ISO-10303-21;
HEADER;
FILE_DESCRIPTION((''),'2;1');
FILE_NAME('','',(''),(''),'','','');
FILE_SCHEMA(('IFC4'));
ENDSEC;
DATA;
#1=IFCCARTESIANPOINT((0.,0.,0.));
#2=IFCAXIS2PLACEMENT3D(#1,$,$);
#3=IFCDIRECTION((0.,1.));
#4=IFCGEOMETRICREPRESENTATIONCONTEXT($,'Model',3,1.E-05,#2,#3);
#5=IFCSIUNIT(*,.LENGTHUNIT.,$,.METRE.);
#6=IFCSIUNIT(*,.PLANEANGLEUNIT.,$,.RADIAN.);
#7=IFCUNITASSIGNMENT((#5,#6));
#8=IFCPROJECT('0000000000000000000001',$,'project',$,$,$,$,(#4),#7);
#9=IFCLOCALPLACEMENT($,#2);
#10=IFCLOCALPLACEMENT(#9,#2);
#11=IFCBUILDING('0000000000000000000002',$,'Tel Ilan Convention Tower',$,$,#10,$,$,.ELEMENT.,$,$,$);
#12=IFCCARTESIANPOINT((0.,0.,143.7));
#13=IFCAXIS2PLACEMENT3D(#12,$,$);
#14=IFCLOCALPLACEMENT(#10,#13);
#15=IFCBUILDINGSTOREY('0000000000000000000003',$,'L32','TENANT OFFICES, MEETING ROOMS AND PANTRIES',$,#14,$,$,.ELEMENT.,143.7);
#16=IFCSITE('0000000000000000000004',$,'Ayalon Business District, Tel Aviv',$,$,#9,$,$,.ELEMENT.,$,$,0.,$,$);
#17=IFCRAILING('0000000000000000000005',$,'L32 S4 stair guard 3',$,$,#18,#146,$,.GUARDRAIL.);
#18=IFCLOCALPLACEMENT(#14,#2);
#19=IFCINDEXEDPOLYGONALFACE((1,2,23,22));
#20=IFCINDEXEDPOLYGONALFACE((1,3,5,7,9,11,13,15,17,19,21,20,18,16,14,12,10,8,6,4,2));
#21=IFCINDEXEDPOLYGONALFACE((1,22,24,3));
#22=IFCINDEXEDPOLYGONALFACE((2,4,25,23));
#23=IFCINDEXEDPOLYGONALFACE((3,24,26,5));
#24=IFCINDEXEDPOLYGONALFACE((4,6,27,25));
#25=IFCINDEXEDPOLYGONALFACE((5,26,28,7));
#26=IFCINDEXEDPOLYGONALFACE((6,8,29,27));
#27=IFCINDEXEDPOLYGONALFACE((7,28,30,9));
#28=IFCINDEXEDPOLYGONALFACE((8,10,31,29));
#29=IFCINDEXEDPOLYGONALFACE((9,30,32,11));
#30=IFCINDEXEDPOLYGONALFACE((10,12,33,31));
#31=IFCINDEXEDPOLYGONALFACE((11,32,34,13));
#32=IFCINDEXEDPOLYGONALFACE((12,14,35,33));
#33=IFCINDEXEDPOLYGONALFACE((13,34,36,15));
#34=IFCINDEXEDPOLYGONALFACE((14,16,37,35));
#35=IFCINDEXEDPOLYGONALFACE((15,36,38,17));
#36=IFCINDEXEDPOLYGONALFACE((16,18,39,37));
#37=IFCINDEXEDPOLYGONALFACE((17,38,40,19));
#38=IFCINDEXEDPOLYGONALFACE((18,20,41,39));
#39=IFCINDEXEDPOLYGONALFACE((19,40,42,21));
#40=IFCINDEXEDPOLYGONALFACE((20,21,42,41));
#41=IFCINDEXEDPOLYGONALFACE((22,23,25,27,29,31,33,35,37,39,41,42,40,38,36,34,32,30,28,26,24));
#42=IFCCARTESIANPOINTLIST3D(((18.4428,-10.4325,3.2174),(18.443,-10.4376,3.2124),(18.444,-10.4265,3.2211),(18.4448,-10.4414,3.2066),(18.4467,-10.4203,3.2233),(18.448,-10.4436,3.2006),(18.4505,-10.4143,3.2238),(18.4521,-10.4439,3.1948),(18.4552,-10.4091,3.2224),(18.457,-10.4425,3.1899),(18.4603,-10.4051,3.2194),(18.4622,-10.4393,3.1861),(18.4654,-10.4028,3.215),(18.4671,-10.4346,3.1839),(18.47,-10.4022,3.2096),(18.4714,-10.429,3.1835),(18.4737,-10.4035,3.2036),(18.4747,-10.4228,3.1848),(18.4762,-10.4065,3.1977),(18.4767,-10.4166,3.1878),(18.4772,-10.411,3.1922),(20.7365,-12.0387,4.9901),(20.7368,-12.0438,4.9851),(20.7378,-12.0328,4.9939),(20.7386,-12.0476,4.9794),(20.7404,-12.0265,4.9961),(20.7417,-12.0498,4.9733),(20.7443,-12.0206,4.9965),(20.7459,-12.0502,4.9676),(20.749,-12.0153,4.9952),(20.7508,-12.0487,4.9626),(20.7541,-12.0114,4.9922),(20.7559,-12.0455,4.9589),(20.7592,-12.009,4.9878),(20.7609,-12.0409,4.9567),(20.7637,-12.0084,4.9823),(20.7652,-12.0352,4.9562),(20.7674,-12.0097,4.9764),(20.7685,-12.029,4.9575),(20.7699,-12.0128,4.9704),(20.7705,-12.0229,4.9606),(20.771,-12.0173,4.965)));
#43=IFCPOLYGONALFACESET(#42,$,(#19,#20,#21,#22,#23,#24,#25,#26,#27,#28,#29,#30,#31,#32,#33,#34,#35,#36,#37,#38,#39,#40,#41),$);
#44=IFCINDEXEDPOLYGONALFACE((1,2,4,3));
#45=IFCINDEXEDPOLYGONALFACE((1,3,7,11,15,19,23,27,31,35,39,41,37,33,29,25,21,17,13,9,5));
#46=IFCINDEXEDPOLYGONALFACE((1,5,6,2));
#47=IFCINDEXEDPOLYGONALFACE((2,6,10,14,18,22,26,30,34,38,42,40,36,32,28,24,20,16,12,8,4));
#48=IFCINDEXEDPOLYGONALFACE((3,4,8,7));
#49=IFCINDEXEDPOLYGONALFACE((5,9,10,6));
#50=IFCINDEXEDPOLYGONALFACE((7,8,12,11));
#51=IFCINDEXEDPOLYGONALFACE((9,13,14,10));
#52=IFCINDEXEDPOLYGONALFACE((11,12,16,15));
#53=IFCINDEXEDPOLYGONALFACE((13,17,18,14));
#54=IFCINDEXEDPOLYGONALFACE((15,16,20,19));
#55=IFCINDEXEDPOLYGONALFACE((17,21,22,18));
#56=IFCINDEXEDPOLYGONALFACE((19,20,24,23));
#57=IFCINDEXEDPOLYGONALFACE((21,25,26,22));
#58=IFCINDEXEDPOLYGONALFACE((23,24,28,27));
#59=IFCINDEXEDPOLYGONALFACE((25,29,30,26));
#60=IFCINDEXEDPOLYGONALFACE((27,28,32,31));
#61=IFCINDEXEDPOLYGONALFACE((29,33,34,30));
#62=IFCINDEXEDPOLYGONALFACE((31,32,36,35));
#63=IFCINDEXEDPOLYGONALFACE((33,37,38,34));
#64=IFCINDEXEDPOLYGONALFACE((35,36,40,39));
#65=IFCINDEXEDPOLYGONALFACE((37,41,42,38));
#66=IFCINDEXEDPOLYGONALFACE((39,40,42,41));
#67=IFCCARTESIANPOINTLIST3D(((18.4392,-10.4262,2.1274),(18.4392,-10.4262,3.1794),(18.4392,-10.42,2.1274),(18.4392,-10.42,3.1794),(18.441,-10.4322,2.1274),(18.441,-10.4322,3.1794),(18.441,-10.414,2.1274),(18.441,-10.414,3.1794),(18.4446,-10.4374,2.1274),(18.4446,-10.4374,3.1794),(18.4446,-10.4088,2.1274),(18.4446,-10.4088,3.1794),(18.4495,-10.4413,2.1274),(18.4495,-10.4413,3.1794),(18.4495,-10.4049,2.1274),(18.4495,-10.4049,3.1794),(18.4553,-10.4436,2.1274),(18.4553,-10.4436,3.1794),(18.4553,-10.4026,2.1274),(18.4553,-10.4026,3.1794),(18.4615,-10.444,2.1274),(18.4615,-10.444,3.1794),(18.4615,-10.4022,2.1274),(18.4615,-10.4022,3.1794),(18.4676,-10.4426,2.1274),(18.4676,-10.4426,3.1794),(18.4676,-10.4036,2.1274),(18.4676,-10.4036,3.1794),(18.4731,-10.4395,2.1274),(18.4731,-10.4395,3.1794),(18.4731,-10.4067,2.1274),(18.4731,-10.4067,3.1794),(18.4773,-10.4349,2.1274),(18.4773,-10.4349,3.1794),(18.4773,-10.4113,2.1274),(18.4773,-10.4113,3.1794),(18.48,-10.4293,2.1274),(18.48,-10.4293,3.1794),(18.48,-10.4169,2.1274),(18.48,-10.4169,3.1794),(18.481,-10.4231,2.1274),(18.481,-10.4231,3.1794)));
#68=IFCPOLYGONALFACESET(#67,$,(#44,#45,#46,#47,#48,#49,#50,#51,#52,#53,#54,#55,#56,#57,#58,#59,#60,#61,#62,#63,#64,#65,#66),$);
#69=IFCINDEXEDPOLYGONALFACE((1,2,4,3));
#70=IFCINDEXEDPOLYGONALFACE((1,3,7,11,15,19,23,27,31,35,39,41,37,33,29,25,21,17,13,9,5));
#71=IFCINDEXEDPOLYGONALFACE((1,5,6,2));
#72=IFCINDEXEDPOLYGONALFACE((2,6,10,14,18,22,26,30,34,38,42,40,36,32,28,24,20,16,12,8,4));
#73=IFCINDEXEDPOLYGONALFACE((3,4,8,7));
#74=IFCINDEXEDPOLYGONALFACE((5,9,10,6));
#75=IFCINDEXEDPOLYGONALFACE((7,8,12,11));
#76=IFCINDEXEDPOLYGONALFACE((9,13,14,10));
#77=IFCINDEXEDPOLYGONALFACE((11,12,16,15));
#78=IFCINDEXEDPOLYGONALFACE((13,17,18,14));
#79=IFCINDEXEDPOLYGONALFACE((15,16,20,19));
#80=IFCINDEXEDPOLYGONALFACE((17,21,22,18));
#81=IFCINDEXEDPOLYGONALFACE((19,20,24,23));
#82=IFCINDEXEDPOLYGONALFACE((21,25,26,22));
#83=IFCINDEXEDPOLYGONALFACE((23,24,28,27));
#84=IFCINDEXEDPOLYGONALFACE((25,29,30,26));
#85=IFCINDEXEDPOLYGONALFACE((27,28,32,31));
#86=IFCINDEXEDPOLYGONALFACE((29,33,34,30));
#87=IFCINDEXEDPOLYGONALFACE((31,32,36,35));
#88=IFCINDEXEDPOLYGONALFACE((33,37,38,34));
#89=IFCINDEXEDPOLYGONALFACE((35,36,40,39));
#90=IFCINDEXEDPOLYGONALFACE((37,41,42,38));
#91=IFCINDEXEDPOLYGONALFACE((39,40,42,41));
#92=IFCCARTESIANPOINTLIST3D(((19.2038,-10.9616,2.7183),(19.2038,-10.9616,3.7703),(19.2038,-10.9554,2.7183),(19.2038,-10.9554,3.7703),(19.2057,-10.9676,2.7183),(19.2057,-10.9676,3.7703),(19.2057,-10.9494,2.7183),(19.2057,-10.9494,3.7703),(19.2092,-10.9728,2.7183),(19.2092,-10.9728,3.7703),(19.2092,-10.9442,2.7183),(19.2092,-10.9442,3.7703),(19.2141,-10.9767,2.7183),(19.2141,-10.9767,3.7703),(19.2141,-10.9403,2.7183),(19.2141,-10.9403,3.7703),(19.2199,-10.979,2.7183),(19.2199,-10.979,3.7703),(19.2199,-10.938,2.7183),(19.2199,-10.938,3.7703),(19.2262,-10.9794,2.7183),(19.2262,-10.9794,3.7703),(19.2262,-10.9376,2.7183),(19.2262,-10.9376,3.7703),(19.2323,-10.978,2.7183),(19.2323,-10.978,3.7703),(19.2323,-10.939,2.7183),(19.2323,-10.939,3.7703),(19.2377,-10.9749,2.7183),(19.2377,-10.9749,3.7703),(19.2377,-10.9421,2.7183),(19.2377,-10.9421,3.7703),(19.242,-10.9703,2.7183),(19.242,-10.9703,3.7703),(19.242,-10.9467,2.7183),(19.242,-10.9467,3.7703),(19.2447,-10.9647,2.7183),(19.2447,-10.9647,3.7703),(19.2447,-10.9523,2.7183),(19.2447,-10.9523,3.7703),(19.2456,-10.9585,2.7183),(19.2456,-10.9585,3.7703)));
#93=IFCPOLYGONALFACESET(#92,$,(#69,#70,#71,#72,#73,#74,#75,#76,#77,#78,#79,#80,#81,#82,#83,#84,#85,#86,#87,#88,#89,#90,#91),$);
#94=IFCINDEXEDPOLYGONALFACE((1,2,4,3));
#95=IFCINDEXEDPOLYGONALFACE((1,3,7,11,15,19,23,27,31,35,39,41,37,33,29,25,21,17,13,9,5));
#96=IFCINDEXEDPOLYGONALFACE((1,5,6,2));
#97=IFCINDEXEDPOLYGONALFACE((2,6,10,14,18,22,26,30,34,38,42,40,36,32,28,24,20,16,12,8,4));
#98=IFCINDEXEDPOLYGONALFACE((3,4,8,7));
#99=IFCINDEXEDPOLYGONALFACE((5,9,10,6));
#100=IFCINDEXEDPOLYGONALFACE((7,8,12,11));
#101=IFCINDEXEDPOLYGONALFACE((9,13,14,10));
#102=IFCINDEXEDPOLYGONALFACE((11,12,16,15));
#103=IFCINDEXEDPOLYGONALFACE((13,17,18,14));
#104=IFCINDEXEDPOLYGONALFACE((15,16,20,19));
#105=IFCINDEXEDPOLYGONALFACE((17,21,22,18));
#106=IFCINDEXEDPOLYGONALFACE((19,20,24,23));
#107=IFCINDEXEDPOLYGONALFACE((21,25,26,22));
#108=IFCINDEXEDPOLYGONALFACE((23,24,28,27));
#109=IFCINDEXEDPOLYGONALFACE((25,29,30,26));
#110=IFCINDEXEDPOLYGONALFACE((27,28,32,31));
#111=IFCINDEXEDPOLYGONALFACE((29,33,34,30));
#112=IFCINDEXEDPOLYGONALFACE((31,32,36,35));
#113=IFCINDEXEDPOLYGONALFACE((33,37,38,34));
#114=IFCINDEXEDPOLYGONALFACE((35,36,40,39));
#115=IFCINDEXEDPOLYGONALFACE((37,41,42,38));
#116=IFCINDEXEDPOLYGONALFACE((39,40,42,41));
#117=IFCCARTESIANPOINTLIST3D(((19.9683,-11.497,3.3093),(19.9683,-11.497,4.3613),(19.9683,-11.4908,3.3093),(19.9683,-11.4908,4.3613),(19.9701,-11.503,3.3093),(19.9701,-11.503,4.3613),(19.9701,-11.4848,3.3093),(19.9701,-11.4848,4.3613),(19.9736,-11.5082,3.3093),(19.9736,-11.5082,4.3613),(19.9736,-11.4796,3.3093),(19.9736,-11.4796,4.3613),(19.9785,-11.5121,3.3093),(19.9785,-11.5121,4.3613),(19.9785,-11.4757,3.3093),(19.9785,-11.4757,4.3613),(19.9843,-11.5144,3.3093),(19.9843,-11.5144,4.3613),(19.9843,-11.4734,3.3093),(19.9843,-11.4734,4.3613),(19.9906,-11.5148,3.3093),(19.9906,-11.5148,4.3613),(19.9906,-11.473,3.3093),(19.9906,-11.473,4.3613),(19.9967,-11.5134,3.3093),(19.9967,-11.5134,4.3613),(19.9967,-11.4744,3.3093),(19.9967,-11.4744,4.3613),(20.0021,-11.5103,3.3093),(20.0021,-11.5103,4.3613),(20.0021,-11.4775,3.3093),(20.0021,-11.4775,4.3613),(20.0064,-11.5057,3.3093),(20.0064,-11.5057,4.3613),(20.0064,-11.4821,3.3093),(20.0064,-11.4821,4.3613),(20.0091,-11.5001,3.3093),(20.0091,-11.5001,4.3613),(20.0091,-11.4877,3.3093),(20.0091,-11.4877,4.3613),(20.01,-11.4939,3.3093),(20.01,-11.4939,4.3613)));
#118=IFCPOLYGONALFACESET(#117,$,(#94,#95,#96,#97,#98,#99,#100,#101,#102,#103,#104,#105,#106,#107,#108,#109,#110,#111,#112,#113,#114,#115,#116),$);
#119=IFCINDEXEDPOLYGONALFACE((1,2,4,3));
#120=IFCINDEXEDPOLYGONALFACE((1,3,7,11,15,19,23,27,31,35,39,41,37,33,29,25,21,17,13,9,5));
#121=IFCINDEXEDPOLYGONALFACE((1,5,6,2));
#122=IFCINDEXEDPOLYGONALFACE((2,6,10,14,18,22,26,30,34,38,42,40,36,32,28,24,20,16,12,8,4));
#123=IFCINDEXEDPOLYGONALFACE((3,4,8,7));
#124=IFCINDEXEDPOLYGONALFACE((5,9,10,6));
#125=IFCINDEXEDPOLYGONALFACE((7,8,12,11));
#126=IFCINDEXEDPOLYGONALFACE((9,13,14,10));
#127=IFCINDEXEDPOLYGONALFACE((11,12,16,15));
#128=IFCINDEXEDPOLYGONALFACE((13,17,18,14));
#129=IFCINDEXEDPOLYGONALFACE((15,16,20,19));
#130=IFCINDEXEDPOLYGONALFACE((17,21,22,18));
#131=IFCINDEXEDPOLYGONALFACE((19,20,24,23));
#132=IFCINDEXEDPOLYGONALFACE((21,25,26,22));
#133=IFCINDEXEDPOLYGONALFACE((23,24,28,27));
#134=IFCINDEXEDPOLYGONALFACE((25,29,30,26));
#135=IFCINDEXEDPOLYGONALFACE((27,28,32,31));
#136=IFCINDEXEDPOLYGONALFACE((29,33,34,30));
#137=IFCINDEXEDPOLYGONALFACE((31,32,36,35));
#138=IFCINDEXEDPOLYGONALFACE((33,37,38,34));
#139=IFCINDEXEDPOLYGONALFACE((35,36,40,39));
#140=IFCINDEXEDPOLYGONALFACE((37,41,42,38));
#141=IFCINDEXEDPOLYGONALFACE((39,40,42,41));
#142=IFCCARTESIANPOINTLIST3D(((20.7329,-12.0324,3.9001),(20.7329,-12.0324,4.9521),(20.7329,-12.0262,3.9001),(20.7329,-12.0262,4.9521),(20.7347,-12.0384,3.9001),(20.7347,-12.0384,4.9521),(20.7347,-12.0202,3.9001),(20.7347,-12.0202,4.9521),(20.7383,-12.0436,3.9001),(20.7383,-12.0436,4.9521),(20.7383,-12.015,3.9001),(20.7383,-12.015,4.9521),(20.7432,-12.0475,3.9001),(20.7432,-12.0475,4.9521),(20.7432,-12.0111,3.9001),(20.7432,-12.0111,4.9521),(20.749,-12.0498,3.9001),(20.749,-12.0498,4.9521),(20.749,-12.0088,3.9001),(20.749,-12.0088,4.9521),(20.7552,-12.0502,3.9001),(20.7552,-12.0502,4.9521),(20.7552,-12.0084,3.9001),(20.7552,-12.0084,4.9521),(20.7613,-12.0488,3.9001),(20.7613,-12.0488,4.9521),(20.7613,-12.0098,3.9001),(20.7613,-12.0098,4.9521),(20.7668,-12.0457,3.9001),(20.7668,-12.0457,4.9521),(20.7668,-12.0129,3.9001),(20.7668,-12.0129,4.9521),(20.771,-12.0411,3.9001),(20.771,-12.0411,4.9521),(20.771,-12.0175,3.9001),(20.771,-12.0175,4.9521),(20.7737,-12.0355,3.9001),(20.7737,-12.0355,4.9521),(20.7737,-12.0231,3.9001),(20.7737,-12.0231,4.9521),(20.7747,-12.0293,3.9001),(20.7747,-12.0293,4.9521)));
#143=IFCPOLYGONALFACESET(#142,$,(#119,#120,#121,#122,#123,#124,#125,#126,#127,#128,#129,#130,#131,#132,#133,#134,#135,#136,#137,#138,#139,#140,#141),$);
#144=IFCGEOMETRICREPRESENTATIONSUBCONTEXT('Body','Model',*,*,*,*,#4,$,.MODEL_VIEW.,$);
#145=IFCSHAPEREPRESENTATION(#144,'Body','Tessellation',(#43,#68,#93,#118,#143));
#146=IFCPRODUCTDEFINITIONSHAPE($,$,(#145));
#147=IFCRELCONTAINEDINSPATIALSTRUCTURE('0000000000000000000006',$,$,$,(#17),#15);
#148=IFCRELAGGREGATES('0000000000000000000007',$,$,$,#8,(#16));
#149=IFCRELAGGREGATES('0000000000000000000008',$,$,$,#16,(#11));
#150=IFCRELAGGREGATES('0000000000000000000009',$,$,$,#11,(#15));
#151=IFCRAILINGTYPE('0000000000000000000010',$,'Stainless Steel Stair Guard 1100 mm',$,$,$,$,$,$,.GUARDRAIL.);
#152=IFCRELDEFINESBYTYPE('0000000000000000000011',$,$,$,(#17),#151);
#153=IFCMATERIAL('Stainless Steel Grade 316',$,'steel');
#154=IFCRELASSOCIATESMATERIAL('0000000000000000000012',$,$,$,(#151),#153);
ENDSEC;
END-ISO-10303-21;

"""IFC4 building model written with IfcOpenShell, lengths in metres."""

from ifc_helpers import new_model, si_unit, direction, frame, origin, origin_2d, place, context, subcontext, project, spatial, circle, extrude, material, type_object, element, save


model = new_model("IFC4")

# Units and contexts
model_context = context("Model", 3, precision=1e-05, world=origin(), true_north=direction((0.0, 1.0)))
body_context = subcontext(model_context, "Body", "Model", "MODEL_VIEW")
ifc_project = project(units=[si_unit("LENGTHUNIT", "METRE"), si_unit("PLANEANGLEUNIT", "RADIAN")], contexts=[model_context])

# Site, building, storey
site_placement = place(None, origin())
site = spatial("IfcSite", under=ifc_project, at=site_placement, Name="Ayalon Business District, Tel Aviv", CompositionType="ELEMENT", RefElevation=0.0)
building_placement = place(site_placement, origin())
building = spatial("IfcBuilding", under=site, at=building_placement, Name="Tel Ilan Convention Tower", CompositionType="ELEMENT")
storey_placement = place(building_placement, frame((0.0, 0.0, 143.7)))
storey = spatial("IfcBuildingStorey", under=building, at=storey_placement, Name="L32", Description="TENANT OFFICES, MEETING ROOMS AND PANTRIES", CompositionType="ELEMENT", Elevation=143.7)

# Railing
ifc_material_1 = material(Name="Stainless Steel Grade 316", Category="steel")
railing_type_1 = type_object("IfcRailingType", Name="Stainless Steel Stair Guard 1100 mm", PredefinedType="GUARDRAIL", material=ifc_material_1)
railing_1_placement = place(storey_placement, frame((18.46, -10.4231, 2.1274)))
element("IfcRailing", 1, at=railing_1_placement, inside=storey, type_object=railing_type_1, Name="L32 S4 stair guard 3", PredefinedType="GUARDRAIL", context=body_context, shape_type="SweptSolid", body=[
    extrude(circle(Radius=0.0239, at=origin_2d()), frame((0.0, 0.0, 1.0762), z_axis=(0.692098, -0.484653, 0.534894), x_axis=(0.573609, 0.81913, 0.0)), (0.0, 0.0, 1.0), 3.3142),
    extrude(circle(Radius=0.021, at=origin_2d()), origin(), (0.0, 0.0, 1.0), 1.052),
    extrude(circle(Radius=0.021, at=origin_2d()), frame((0.7646, -0.5354, 0.5908)), (0.0, 0.0, 1.0), 1.052),
    extrude(circle(Radius=0.021, at=origin_2d()), frame((1.5291, -1.0708, 1.1819)), (0.0, 0.0, 1.0), 1.052),
    extrude(circle(Radius=0.021, at=origin_2d()), frame((2.2937, -1.6062, 1.7727)), (0.0, 0.0, 1.0), 1.052),
])

save(model, "model.ifc")
